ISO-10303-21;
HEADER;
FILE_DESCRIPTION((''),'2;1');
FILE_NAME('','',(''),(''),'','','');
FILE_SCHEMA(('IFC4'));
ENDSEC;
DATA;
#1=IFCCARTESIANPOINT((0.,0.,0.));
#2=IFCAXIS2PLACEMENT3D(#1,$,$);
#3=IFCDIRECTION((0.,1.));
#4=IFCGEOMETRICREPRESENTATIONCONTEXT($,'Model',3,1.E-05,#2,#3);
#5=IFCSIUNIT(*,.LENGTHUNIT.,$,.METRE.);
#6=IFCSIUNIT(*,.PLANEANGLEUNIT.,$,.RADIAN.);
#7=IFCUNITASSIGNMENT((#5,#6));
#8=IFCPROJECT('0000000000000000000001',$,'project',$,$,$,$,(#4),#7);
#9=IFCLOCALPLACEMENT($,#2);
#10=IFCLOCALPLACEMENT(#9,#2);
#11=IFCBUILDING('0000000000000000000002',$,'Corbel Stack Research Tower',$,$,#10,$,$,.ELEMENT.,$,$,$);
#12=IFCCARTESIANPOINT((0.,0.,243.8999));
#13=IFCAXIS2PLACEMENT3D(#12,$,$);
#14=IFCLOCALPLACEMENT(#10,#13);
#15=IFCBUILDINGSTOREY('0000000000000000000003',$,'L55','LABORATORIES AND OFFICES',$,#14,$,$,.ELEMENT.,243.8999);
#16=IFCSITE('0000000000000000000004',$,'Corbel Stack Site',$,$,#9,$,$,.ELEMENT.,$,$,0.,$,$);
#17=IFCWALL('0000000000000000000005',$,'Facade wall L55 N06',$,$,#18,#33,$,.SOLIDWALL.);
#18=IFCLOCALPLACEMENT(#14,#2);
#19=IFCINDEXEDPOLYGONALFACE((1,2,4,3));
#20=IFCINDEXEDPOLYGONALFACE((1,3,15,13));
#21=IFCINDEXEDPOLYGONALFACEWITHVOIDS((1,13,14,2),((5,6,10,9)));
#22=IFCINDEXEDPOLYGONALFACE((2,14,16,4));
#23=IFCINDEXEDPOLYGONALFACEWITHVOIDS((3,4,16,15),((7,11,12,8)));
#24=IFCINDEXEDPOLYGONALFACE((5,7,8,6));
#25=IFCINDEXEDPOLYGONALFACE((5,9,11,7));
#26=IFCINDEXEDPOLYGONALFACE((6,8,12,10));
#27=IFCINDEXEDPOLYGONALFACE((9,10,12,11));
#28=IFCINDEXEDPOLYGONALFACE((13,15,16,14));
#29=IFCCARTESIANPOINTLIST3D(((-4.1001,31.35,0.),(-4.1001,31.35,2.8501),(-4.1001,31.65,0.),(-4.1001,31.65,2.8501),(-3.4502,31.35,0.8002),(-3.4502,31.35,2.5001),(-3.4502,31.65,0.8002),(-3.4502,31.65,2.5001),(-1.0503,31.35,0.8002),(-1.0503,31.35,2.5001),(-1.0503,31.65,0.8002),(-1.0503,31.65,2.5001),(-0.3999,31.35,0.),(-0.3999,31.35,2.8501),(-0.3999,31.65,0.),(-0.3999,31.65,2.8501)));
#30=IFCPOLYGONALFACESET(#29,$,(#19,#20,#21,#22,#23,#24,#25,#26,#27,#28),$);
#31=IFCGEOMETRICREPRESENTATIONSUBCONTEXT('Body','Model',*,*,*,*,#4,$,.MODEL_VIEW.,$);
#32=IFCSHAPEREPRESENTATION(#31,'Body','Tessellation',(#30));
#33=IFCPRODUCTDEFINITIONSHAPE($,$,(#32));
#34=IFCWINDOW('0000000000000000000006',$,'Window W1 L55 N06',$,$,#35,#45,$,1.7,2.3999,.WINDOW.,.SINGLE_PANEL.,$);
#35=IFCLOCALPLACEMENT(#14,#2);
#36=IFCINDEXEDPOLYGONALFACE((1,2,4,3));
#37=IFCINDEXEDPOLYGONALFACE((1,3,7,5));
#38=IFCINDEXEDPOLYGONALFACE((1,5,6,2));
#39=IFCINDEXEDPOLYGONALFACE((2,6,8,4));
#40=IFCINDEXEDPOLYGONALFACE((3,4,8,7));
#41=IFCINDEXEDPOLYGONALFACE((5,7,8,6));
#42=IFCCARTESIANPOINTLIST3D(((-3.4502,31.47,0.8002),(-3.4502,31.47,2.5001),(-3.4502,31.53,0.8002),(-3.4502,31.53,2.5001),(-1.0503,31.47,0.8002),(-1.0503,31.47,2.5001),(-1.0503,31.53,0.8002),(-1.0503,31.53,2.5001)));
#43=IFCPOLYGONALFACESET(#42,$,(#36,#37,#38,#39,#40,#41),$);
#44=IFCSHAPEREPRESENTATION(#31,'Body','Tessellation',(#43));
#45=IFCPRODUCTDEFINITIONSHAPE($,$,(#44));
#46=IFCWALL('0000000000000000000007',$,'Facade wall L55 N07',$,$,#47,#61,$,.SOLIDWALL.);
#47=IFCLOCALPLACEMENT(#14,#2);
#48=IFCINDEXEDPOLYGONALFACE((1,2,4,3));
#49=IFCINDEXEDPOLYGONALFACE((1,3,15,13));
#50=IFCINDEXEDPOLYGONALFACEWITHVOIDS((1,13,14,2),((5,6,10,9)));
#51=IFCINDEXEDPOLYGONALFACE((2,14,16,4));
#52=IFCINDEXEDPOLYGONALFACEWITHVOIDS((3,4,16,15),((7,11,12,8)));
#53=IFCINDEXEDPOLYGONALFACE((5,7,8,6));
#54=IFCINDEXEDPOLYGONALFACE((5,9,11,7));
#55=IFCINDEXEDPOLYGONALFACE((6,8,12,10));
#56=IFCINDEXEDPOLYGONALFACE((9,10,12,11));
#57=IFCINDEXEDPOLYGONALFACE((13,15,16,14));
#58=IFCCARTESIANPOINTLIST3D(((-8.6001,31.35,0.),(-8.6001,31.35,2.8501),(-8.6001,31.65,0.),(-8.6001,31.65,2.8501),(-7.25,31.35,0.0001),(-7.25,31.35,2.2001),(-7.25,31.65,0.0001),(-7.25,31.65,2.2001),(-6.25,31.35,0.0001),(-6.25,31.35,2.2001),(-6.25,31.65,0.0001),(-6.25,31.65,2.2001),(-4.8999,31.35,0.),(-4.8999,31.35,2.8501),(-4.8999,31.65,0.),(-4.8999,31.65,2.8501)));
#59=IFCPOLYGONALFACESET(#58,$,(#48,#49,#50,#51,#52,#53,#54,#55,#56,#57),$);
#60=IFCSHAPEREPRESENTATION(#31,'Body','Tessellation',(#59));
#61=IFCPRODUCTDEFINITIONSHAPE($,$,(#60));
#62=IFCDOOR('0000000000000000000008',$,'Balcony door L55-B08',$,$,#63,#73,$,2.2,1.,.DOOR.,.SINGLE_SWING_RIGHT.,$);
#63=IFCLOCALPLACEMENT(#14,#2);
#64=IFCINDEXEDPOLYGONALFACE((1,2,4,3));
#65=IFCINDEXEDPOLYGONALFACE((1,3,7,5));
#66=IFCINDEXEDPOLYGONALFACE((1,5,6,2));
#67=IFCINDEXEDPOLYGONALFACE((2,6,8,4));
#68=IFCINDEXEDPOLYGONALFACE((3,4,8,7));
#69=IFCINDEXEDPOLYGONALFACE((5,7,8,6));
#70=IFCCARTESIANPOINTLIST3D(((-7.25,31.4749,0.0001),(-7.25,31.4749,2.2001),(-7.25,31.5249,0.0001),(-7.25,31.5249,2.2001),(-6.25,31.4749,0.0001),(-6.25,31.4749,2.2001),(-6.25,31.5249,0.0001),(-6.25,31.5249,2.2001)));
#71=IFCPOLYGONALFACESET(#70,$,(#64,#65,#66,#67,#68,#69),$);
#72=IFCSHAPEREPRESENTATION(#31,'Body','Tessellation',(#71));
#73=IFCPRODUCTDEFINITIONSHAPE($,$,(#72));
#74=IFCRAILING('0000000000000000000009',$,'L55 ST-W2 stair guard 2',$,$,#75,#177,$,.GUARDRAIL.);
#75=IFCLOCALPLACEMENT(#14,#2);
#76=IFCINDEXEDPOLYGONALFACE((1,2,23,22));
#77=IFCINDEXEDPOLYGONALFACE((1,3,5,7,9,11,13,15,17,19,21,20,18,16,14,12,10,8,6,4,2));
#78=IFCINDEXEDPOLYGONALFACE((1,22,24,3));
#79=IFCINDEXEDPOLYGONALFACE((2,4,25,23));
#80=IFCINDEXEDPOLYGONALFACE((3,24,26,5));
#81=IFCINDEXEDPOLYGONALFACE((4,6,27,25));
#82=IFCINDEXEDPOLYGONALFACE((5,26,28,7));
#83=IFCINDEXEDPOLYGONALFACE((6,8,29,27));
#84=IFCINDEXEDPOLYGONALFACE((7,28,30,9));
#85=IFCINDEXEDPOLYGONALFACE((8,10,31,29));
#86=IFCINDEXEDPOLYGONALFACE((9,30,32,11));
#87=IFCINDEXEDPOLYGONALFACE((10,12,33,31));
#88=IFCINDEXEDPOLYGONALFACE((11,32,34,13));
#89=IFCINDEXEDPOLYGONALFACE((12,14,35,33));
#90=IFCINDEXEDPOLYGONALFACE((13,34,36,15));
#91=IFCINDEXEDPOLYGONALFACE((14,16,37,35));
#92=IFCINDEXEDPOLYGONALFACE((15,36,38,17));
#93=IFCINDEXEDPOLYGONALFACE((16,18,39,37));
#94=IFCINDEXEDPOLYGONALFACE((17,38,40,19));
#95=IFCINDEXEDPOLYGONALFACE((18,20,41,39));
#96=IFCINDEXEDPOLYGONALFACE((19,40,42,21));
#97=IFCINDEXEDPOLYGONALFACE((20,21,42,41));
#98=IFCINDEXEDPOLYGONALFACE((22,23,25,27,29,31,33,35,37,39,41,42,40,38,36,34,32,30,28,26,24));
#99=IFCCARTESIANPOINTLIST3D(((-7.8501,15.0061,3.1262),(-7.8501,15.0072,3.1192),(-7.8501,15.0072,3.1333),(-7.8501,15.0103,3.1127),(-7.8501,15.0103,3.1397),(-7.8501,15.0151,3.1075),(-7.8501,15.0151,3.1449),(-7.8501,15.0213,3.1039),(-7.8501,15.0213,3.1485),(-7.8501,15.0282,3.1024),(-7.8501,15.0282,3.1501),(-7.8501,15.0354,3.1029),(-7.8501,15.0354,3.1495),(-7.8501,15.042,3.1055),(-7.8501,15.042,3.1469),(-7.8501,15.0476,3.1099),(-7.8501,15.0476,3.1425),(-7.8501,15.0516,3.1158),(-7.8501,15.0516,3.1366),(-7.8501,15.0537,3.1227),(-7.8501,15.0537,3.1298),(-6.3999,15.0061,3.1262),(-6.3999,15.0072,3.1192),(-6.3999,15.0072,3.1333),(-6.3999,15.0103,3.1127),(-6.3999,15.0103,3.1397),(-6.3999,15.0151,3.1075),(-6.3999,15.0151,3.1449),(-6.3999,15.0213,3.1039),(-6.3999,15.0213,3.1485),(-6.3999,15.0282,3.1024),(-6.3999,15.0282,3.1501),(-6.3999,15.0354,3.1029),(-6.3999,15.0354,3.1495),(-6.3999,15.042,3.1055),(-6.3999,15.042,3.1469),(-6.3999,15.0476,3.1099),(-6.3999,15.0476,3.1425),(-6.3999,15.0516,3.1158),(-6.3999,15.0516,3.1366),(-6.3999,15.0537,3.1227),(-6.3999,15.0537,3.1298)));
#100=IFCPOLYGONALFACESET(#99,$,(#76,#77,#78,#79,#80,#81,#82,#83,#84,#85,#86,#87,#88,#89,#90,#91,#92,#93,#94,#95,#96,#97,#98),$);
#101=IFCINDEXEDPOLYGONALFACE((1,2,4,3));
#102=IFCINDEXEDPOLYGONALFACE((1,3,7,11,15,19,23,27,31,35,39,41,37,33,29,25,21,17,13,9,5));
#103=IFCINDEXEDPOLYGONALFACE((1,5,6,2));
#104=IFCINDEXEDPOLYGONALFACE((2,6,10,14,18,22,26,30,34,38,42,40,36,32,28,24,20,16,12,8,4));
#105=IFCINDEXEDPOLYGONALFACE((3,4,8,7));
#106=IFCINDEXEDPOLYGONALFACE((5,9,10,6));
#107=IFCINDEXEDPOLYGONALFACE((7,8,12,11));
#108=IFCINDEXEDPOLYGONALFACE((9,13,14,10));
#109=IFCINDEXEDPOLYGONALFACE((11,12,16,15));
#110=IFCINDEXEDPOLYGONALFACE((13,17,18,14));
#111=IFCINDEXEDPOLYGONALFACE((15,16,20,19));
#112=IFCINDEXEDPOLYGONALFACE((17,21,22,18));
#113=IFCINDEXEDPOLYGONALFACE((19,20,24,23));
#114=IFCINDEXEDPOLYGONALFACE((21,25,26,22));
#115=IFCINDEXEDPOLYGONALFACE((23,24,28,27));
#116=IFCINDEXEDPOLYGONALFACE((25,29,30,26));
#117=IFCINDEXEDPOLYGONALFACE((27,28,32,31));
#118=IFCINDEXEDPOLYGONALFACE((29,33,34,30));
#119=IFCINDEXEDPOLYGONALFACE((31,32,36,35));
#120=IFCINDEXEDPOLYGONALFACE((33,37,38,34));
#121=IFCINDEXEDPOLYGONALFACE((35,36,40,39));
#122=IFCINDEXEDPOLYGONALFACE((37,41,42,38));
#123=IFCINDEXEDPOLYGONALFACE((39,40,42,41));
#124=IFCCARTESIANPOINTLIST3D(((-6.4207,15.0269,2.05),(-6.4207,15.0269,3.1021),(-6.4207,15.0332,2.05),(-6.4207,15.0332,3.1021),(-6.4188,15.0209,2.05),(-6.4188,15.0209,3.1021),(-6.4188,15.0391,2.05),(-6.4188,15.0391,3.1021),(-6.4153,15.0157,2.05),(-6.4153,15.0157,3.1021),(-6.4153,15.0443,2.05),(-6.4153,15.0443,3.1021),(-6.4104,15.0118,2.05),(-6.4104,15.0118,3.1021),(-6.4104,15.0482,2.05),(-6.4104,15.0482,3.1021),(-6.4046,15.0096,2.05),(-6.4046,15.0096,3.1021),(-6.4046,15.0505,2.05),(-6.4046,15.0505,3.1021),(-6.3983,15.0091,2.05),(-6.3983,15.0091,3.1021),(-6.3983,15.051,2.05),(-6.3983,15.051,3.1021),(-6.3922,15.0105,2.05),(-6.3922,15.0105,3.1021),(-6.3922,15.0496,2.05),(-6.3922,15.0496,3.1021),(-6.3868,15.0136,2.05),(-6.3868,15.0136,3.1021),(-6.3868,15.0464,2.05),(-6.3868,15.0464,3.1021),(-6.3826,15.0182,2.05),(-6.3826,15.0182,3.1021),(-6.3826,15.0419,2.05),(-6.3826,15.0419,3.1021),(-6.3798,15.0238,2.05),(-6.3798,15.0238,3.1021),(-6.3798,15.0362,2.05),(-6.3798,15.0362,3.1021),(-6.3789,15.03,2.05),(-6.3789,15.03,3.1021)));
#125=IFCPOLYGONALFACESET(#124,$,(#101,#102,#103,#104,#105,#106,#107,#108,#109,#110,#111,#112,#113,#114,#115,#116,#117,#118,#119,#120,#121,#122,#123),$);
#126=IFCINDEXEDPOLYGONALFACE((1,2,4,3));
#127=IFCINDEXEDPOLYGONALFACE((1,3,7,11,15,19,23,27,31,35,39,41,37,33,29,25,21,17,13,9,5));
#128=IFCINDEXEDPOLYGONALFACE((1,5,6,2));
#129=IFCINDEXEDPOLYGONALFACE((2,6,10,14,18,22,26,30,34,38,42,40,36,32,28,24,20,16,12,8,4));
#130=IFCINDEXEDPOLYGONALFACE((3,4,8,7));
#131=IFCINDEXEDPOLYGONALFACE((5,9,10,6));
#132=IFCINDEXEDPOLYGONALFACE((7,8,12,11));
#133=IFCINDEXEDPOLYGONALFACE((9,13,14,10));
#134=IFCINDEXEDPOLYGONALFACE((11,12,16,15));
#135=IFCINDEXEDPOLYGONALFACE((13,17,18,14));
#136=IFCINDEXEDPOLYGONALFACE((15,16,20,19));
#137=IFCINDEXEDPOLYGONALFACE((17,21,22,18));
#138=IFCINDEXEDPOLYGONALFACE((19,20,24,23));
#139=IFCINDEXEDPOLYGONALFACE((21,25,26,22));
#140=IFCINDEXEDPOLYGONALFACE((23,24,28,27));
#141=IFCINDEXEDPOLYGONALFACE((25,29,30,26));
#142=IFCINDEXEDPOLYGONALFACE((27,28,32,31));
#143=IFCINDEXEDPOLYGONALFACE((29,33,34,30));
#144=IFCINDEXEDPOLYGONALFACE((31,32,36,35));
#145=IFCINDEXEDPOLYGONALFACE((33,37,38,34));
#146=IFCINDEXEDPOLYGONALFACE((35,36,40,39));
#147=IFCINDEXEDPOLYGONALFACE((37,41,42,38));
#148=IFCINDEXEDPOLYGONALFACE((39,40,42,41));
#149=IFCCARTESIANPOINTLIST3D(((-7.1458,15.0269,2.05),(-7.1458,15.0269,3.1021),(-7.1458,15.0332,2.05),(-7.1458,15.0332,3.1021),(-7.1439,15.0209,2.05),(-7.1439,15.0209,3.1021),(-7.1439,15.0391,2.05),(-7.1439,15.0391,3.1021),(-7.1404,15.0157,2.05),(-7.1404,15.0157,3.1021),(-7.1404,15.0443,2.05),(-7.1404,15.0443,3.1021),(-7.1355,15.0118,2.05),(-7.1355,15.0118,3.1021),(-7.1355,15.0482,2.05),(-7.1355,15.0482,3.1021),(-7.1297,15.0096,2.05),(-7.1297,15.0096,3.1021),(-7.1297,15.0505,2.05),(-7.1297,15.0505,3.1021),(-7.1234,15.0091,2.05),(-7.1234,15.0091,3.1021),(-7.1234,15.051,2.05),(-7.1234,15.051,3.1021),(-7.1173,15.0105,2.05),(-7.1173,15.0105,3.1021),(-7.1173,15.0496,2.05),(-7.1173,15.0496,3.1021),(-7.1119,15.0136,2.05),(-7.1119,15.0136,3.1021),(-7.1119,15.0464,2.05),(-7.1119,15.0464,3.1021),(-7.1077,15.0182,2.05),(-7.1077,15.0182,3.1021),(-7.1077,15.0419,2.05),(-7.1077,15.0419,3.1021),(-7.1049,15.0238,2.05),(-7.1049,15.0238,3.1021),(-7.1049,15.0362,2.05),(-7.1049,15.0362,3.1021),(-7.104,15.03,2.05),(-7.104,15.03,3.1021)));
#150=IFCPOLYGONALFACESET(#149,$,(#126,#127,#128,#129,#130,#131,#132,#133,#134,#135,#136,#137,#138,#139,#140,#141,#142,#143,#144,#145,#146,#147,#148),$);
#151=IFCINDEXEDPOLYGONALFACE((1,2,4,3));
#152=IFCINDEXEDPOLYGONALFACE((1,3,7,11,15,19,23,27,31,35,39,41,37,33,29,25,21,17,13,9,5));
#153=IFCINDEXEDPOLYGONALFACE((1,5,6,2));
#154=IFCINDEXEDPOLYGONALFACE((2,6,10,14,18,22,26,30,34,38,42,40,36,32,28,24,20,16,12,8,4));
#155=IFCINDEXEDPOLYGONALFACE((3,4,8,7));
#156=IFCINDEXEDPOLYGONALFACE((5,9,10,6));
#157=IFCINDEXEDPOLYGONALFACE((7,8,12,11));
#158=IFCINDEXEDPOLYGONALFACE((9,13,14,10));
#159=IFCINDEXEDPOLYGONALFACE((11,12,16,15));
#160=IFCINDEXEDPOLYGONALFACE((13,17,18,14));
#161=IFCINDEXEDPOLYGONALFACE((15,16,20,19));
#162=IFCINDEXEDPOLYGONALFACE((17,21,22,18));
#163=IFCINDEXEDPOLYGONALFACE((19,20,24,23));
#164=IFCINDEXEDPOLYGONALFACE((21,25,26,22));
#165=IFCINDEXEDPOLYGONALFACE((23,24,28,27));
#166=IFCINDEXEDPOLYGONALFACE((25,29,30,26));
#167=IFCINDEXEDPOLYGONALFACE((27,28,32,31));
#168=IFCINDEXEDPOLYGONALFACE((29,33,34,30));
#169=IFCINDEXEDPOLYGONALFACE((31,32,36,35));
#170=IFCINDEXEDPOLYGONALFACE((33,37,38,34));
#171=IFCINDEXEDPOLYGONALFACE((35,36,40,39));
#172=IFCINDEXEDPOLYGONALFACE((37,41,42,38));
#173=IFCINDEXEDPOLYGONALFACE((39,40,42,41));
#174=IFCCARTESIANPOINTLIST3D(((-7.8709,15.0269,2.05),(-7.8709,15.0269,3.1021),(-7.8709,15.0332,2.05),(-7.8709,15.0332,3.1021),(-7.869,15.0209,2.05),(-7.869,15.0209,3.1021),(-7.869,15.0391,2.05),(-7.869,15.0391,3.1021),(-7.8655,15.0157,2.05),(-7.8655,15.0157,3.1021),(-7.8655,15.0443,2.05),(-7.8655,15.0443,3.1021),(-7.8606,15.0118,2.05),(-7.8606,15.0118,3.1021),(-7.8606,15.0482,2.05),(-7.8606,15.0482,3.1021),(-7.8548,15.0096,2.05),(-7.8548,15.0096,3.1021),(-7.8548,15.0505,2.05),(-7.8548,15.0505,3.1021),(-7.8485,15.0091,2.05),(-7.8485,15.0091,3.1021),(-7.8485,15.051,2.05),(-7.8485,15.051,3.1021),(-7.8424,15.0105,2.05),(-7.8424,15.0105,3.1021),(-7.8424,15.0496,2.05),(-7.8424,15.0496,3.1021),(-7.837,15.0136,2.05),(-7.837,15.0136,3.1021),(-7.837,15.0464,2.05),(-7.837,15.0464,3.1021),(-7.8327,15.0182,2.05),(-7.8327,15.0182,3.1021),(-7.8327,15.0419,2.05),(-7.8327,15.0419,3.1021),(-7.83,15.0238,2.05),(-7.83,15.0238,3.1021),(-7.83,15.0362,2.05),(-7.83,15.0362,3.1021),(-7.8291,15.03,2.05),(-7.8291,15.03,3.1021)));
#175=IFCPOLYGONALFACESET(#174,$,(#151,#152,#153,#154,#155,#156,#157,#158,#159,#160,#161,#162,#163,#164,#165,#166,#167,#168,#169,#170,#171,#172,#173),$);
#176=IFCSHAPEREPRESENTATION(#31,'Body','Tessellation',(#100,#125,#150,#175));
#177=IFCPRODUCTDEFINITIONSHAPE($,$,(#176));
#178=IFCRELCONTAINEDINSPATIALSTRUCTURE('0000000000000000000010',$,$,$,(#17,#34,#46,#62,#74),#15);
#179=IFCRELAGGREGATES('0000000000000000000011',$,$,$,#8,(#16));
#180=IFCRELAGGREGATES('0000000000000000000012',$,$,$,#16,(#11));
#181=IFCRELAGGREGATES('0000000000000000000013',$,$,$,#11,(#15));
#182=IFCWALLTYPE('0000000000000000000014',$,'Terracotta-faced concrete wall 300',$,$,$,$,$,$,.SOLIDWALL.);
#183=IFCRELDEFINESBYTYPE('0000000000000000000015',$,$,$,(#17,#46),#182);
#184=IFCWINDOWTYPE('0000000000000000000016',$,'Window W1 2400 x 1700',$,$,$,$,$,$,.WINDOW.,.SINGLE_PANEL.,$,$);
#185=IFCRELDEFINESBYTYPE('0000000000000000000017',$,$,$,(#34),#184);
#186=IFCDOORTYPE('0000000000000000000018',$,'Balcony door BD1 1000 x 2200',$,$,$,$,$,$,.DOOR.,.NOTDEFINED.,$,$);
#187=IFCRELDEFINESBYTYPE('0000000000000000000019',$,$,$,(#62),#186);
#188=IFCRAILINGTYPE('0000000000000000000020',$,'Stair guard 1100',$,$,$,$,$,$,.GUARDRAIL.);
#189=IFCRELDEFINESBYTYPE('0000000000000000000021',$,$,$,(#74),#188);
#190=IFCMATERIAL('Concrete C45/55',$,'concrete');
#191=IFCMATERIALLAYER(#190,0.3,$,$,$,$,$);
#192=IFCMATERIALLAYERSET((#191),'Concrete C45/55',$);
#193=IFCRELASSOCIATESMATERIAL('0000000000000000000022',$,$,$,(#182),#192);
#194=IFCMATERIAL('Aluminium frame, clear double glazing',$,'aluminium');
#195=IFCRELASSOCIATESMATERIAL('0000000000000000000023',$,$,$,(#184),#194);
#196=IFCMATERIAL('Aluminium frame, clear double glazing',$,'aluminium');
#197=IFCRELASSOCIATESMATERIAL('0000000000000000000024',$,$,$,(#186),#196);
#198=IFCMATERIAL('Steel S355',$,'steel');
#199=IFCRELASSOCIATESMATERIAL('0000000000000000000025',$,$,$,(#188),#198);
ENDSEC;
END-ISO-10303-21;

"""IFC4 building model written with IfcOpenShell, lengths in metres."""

from ifc_helpers import new_model, si_unit, direction, frame, frame_2d, origin, origin_2d, place, context, subcontext, project, spatial, rectangle, circle, extrude, material, layer, layer_set, type_object, element, fill, save


model = new_model("IFC4")

# Units and contexts
model_context = context("Model", 3, precision=1e-05, world=origin(), true_north=direction((0.0, 1.0)))
body_context = subcontext(model_context, "Body", "Model", "MODEL_VIEW")
ifc_project = project(units=[si_unit("LENGTHUNIT", "METRE"), si_unit("PLANEANGLEUNIT", "RADIAN")], contexts=[model_context])

# Site, building, storey
site_placement = place(None, origin())
site = spatial("IfcSite", under=ifc_project, at=site_placement, Name="Corbel Stack Site", CompositionType="ELEMENT", RefElevation=0.0)
building_placement = place(site_placement, origin())
building = spatial("IfcBuilding", under=site, at=building_placement, Name="Corbel Stack Research Tower", CompositionType="ELEMENT")
storey_placement = place(building_placement, frame((0.0, 0.0, 243.8999)))
storey = spatial("IfcBuildingStorey", under=building, at=storey_placement, Name="L55", Description="LABORATORIES AND OFFICES", CompositionType="ELEMENT", Elevation=243.8999)

# Wall, opening, window
ifc_material_1 = material(Name="Concrete C45/55", Category="concrete")
ifc_layer_1 = layer(ifc_material_1, 0.3)
ifc_layer_set_1 = layer_set([ifc_layer_1], Name="Concrete C45/55")
wall_type_1 = type_object("IfcWallType", Name="Terracotta-faced concrete wall 300", PredefinedType="SOLIDWALL", material=ifc_layer_set_1)
ifc_material_2 = material(Name="Aluminium frame, clear double glazing", Category="aluminium")
window_type = type_object("IfcWindowType", Name="Window W1 2400 x 1700", PartitioningType="SINGLE_PANEL", PredefinedType="WINDOW", material=ifc_material_2)
wall_1_placement = place(storey_placement, frame((-4.1001, 31.5, 0.0), z_axis=(0.0, 0.0, 1.0), x_axis=(1.0, 0.0, 0.0)))
wall_1 = element("IfcWall", 1, at=wall_1_placement, inside=storey, type_object=wall_type_1, Name="Facade wall L55 N06", PredefinedType="SOLIDWALL", context=body_context, shape_type="SweptSolid", body=[
    extrude(rectangle(XDim=3.7002, YDim=0.3, at=frame_2d((1.8501, 0.0))), origin(), (0.0, 0.0, 1.0), 2.8501),
])
opening_1_placement = place(wall_1_placement, frame((0.6499, 0.0, 0.8)))
opening_1 = element("IfcOpeningElement", 2, at=opening_1_placement, cuts=wall_1, PredefinedType="OPENING", context=body_context, shape_type="SweptSolid", body=[
    extrude(rectangle(XDim=2.3999, YDim=1.7, at=frame_2d((1.2, 0.8501))), frame((0.0, 0.1599, 0.0), z_axis=(0.0, -1.0, 0.0), x_axis=(1.0, 0.0, 0.0)), (0.0, 0.0, 1.0), 0.3201),
])
window_1_placement = place(opening_1_placement, origin())
window_1 = element("IfcWindow", 3, at=window_1_placement, inside=storey, type_object=window_type, Name="Window W1 L55 N06", OverallHeight=1.7, OverallWidth=2.3999, PartitioningType="SINGLE_PANEL", PredefinedType="WINDOW", context=body_context, shape_type="SweptSolid", body=[
    extrude(rectangle(XDim=2.3999, YDim=1.7, at=frame_2d((1.2, 0.8501))), frame((0.0, 0.03, 0.0), z_axis=(0.0, -1.0, 0.0), x_axis=(1.0, 0.0, 0.0)), (0.0, 0.0, 1.0), 0.0601),
])
fill(opening_1, window_1)

# Wall, opening, door
wall_2_placement = place(storey_placement, frame((-8.6001, 31.5, 0.0), z_axis=(0.0, 0.0, 1.0), x_axis=(1.0, 0.0, 0.0)))
wall_2 = element("IfcWall", 4, at=wall_2_placement, inside=storey, type_object=wall_type_1, Name="Facade wall L55 N07", PredefinedType="SOLIDWALL", context=body_context, shape_type="SweptSolid", body=[
    extrude(rectangle(XDim=3.7002, YDim=0.3, at=frame_2d((1.8501, 0.0))), origin(), (0.0, 0.0, 1.0), 2.8501),
])
opening_2_placement = place(wall_2_placement, frame((1.3501, 0.0, 0.0)))
opening_2 = element("IfcOpeningElement", 5, at=opening_2_placement, cuts=wall_2, PredefinedType="OPENING", context=body_context, shape_type="SweptSolid", body=[
    extrude(rectangle(XDim=1.0, YDim=2.2, at=frame_2d((0.5, 1.1001))), frame((0.0, 0.1599, 0.0), z_axis=(0.0, -1.0, 0.0), x_axis=(1.0, 0.0, 0.0)), (0.0, 0.0, 1.0), 0.3201),
])
ifc_material_3 = material(Name="Aluminium frame, clear double glazing", Category="aluminium")
door_type_1 = type_object("IfcDoorType", Name="Balcony door BD1 1000 x 2200", OperationType="NOTDEFINED", PredefinedType="DOOR", material=ifc_material_3)
door_1_placement = place(opening_2_placement, origin())
door_1 = element("IfcDoor", 6, at=door_1_placement, inside=storey, type_object=door_type_1, Name="Balcony door L55-B08", OperationType="SINGLE_SWING_RIGHT", OverallHeight=2.2, OverallWidth=1.0, PredefinedType="DOOR", context=body_context, shape_type="SweptSolid", body=[
    extrude(rectangle(XDim=1.0, YDim=2.2, at=frame_2d((0.5, 1.1001))), frame((0.0, 0.0249, 0.0), z_axis=(0.0, -1.0, 0.0), x_axis=(1.0, 0.0, 0.0)), (0.0, 0.0, 1.0), 0.05),
])
fill(opening_2, door_1)

# Railing
ifc_material_4 = material(Name="Steel S355", Category="steel")
railing_type = type_object("IfcRailingType", Name="Stair guard 1100", PredefinedType="GUARDRAIL", material=ifc_material_4)
railing_placement = place(storey_placement, frame((-6.3999, 15.03, 2.05)))
element("IfcRailing", 7, at=railing_placement, inside=storey, type_object=railing_type, Name="L55 ST-W2 stair guard 2", PredefinedType="GUARDRAIL", context=body_context, shape_type="SweptSolid", body=[
    extrude(circle(Radius=0.0239, at=origin_2d()), frame((0.0, 0.0, 1.0762), z_axis=(-1.0, 0.0, 0.0), x_axis=(0.0, -1.0, 0.0)), (0.0, 0.0, 1.0), 1.4502),
    extrude(circle(Radius=0.021, at=origin_2d()), origin(), (0.0, 0.0, 1.0), 1.052),
    extrude(circle(Radius=0.021, at=origin_2d()), frame((-0.7251, 0.0, 0.0)), (0.0, 0.0, 1.0), 1.052),
    extrude(circle(Radius=0.021, at=origin_2d()), frame((-1.4502, 0.0, 0.0)), (0.0, 0.0, 1.0), 1.052),
])

save(model, "model.ifc")
